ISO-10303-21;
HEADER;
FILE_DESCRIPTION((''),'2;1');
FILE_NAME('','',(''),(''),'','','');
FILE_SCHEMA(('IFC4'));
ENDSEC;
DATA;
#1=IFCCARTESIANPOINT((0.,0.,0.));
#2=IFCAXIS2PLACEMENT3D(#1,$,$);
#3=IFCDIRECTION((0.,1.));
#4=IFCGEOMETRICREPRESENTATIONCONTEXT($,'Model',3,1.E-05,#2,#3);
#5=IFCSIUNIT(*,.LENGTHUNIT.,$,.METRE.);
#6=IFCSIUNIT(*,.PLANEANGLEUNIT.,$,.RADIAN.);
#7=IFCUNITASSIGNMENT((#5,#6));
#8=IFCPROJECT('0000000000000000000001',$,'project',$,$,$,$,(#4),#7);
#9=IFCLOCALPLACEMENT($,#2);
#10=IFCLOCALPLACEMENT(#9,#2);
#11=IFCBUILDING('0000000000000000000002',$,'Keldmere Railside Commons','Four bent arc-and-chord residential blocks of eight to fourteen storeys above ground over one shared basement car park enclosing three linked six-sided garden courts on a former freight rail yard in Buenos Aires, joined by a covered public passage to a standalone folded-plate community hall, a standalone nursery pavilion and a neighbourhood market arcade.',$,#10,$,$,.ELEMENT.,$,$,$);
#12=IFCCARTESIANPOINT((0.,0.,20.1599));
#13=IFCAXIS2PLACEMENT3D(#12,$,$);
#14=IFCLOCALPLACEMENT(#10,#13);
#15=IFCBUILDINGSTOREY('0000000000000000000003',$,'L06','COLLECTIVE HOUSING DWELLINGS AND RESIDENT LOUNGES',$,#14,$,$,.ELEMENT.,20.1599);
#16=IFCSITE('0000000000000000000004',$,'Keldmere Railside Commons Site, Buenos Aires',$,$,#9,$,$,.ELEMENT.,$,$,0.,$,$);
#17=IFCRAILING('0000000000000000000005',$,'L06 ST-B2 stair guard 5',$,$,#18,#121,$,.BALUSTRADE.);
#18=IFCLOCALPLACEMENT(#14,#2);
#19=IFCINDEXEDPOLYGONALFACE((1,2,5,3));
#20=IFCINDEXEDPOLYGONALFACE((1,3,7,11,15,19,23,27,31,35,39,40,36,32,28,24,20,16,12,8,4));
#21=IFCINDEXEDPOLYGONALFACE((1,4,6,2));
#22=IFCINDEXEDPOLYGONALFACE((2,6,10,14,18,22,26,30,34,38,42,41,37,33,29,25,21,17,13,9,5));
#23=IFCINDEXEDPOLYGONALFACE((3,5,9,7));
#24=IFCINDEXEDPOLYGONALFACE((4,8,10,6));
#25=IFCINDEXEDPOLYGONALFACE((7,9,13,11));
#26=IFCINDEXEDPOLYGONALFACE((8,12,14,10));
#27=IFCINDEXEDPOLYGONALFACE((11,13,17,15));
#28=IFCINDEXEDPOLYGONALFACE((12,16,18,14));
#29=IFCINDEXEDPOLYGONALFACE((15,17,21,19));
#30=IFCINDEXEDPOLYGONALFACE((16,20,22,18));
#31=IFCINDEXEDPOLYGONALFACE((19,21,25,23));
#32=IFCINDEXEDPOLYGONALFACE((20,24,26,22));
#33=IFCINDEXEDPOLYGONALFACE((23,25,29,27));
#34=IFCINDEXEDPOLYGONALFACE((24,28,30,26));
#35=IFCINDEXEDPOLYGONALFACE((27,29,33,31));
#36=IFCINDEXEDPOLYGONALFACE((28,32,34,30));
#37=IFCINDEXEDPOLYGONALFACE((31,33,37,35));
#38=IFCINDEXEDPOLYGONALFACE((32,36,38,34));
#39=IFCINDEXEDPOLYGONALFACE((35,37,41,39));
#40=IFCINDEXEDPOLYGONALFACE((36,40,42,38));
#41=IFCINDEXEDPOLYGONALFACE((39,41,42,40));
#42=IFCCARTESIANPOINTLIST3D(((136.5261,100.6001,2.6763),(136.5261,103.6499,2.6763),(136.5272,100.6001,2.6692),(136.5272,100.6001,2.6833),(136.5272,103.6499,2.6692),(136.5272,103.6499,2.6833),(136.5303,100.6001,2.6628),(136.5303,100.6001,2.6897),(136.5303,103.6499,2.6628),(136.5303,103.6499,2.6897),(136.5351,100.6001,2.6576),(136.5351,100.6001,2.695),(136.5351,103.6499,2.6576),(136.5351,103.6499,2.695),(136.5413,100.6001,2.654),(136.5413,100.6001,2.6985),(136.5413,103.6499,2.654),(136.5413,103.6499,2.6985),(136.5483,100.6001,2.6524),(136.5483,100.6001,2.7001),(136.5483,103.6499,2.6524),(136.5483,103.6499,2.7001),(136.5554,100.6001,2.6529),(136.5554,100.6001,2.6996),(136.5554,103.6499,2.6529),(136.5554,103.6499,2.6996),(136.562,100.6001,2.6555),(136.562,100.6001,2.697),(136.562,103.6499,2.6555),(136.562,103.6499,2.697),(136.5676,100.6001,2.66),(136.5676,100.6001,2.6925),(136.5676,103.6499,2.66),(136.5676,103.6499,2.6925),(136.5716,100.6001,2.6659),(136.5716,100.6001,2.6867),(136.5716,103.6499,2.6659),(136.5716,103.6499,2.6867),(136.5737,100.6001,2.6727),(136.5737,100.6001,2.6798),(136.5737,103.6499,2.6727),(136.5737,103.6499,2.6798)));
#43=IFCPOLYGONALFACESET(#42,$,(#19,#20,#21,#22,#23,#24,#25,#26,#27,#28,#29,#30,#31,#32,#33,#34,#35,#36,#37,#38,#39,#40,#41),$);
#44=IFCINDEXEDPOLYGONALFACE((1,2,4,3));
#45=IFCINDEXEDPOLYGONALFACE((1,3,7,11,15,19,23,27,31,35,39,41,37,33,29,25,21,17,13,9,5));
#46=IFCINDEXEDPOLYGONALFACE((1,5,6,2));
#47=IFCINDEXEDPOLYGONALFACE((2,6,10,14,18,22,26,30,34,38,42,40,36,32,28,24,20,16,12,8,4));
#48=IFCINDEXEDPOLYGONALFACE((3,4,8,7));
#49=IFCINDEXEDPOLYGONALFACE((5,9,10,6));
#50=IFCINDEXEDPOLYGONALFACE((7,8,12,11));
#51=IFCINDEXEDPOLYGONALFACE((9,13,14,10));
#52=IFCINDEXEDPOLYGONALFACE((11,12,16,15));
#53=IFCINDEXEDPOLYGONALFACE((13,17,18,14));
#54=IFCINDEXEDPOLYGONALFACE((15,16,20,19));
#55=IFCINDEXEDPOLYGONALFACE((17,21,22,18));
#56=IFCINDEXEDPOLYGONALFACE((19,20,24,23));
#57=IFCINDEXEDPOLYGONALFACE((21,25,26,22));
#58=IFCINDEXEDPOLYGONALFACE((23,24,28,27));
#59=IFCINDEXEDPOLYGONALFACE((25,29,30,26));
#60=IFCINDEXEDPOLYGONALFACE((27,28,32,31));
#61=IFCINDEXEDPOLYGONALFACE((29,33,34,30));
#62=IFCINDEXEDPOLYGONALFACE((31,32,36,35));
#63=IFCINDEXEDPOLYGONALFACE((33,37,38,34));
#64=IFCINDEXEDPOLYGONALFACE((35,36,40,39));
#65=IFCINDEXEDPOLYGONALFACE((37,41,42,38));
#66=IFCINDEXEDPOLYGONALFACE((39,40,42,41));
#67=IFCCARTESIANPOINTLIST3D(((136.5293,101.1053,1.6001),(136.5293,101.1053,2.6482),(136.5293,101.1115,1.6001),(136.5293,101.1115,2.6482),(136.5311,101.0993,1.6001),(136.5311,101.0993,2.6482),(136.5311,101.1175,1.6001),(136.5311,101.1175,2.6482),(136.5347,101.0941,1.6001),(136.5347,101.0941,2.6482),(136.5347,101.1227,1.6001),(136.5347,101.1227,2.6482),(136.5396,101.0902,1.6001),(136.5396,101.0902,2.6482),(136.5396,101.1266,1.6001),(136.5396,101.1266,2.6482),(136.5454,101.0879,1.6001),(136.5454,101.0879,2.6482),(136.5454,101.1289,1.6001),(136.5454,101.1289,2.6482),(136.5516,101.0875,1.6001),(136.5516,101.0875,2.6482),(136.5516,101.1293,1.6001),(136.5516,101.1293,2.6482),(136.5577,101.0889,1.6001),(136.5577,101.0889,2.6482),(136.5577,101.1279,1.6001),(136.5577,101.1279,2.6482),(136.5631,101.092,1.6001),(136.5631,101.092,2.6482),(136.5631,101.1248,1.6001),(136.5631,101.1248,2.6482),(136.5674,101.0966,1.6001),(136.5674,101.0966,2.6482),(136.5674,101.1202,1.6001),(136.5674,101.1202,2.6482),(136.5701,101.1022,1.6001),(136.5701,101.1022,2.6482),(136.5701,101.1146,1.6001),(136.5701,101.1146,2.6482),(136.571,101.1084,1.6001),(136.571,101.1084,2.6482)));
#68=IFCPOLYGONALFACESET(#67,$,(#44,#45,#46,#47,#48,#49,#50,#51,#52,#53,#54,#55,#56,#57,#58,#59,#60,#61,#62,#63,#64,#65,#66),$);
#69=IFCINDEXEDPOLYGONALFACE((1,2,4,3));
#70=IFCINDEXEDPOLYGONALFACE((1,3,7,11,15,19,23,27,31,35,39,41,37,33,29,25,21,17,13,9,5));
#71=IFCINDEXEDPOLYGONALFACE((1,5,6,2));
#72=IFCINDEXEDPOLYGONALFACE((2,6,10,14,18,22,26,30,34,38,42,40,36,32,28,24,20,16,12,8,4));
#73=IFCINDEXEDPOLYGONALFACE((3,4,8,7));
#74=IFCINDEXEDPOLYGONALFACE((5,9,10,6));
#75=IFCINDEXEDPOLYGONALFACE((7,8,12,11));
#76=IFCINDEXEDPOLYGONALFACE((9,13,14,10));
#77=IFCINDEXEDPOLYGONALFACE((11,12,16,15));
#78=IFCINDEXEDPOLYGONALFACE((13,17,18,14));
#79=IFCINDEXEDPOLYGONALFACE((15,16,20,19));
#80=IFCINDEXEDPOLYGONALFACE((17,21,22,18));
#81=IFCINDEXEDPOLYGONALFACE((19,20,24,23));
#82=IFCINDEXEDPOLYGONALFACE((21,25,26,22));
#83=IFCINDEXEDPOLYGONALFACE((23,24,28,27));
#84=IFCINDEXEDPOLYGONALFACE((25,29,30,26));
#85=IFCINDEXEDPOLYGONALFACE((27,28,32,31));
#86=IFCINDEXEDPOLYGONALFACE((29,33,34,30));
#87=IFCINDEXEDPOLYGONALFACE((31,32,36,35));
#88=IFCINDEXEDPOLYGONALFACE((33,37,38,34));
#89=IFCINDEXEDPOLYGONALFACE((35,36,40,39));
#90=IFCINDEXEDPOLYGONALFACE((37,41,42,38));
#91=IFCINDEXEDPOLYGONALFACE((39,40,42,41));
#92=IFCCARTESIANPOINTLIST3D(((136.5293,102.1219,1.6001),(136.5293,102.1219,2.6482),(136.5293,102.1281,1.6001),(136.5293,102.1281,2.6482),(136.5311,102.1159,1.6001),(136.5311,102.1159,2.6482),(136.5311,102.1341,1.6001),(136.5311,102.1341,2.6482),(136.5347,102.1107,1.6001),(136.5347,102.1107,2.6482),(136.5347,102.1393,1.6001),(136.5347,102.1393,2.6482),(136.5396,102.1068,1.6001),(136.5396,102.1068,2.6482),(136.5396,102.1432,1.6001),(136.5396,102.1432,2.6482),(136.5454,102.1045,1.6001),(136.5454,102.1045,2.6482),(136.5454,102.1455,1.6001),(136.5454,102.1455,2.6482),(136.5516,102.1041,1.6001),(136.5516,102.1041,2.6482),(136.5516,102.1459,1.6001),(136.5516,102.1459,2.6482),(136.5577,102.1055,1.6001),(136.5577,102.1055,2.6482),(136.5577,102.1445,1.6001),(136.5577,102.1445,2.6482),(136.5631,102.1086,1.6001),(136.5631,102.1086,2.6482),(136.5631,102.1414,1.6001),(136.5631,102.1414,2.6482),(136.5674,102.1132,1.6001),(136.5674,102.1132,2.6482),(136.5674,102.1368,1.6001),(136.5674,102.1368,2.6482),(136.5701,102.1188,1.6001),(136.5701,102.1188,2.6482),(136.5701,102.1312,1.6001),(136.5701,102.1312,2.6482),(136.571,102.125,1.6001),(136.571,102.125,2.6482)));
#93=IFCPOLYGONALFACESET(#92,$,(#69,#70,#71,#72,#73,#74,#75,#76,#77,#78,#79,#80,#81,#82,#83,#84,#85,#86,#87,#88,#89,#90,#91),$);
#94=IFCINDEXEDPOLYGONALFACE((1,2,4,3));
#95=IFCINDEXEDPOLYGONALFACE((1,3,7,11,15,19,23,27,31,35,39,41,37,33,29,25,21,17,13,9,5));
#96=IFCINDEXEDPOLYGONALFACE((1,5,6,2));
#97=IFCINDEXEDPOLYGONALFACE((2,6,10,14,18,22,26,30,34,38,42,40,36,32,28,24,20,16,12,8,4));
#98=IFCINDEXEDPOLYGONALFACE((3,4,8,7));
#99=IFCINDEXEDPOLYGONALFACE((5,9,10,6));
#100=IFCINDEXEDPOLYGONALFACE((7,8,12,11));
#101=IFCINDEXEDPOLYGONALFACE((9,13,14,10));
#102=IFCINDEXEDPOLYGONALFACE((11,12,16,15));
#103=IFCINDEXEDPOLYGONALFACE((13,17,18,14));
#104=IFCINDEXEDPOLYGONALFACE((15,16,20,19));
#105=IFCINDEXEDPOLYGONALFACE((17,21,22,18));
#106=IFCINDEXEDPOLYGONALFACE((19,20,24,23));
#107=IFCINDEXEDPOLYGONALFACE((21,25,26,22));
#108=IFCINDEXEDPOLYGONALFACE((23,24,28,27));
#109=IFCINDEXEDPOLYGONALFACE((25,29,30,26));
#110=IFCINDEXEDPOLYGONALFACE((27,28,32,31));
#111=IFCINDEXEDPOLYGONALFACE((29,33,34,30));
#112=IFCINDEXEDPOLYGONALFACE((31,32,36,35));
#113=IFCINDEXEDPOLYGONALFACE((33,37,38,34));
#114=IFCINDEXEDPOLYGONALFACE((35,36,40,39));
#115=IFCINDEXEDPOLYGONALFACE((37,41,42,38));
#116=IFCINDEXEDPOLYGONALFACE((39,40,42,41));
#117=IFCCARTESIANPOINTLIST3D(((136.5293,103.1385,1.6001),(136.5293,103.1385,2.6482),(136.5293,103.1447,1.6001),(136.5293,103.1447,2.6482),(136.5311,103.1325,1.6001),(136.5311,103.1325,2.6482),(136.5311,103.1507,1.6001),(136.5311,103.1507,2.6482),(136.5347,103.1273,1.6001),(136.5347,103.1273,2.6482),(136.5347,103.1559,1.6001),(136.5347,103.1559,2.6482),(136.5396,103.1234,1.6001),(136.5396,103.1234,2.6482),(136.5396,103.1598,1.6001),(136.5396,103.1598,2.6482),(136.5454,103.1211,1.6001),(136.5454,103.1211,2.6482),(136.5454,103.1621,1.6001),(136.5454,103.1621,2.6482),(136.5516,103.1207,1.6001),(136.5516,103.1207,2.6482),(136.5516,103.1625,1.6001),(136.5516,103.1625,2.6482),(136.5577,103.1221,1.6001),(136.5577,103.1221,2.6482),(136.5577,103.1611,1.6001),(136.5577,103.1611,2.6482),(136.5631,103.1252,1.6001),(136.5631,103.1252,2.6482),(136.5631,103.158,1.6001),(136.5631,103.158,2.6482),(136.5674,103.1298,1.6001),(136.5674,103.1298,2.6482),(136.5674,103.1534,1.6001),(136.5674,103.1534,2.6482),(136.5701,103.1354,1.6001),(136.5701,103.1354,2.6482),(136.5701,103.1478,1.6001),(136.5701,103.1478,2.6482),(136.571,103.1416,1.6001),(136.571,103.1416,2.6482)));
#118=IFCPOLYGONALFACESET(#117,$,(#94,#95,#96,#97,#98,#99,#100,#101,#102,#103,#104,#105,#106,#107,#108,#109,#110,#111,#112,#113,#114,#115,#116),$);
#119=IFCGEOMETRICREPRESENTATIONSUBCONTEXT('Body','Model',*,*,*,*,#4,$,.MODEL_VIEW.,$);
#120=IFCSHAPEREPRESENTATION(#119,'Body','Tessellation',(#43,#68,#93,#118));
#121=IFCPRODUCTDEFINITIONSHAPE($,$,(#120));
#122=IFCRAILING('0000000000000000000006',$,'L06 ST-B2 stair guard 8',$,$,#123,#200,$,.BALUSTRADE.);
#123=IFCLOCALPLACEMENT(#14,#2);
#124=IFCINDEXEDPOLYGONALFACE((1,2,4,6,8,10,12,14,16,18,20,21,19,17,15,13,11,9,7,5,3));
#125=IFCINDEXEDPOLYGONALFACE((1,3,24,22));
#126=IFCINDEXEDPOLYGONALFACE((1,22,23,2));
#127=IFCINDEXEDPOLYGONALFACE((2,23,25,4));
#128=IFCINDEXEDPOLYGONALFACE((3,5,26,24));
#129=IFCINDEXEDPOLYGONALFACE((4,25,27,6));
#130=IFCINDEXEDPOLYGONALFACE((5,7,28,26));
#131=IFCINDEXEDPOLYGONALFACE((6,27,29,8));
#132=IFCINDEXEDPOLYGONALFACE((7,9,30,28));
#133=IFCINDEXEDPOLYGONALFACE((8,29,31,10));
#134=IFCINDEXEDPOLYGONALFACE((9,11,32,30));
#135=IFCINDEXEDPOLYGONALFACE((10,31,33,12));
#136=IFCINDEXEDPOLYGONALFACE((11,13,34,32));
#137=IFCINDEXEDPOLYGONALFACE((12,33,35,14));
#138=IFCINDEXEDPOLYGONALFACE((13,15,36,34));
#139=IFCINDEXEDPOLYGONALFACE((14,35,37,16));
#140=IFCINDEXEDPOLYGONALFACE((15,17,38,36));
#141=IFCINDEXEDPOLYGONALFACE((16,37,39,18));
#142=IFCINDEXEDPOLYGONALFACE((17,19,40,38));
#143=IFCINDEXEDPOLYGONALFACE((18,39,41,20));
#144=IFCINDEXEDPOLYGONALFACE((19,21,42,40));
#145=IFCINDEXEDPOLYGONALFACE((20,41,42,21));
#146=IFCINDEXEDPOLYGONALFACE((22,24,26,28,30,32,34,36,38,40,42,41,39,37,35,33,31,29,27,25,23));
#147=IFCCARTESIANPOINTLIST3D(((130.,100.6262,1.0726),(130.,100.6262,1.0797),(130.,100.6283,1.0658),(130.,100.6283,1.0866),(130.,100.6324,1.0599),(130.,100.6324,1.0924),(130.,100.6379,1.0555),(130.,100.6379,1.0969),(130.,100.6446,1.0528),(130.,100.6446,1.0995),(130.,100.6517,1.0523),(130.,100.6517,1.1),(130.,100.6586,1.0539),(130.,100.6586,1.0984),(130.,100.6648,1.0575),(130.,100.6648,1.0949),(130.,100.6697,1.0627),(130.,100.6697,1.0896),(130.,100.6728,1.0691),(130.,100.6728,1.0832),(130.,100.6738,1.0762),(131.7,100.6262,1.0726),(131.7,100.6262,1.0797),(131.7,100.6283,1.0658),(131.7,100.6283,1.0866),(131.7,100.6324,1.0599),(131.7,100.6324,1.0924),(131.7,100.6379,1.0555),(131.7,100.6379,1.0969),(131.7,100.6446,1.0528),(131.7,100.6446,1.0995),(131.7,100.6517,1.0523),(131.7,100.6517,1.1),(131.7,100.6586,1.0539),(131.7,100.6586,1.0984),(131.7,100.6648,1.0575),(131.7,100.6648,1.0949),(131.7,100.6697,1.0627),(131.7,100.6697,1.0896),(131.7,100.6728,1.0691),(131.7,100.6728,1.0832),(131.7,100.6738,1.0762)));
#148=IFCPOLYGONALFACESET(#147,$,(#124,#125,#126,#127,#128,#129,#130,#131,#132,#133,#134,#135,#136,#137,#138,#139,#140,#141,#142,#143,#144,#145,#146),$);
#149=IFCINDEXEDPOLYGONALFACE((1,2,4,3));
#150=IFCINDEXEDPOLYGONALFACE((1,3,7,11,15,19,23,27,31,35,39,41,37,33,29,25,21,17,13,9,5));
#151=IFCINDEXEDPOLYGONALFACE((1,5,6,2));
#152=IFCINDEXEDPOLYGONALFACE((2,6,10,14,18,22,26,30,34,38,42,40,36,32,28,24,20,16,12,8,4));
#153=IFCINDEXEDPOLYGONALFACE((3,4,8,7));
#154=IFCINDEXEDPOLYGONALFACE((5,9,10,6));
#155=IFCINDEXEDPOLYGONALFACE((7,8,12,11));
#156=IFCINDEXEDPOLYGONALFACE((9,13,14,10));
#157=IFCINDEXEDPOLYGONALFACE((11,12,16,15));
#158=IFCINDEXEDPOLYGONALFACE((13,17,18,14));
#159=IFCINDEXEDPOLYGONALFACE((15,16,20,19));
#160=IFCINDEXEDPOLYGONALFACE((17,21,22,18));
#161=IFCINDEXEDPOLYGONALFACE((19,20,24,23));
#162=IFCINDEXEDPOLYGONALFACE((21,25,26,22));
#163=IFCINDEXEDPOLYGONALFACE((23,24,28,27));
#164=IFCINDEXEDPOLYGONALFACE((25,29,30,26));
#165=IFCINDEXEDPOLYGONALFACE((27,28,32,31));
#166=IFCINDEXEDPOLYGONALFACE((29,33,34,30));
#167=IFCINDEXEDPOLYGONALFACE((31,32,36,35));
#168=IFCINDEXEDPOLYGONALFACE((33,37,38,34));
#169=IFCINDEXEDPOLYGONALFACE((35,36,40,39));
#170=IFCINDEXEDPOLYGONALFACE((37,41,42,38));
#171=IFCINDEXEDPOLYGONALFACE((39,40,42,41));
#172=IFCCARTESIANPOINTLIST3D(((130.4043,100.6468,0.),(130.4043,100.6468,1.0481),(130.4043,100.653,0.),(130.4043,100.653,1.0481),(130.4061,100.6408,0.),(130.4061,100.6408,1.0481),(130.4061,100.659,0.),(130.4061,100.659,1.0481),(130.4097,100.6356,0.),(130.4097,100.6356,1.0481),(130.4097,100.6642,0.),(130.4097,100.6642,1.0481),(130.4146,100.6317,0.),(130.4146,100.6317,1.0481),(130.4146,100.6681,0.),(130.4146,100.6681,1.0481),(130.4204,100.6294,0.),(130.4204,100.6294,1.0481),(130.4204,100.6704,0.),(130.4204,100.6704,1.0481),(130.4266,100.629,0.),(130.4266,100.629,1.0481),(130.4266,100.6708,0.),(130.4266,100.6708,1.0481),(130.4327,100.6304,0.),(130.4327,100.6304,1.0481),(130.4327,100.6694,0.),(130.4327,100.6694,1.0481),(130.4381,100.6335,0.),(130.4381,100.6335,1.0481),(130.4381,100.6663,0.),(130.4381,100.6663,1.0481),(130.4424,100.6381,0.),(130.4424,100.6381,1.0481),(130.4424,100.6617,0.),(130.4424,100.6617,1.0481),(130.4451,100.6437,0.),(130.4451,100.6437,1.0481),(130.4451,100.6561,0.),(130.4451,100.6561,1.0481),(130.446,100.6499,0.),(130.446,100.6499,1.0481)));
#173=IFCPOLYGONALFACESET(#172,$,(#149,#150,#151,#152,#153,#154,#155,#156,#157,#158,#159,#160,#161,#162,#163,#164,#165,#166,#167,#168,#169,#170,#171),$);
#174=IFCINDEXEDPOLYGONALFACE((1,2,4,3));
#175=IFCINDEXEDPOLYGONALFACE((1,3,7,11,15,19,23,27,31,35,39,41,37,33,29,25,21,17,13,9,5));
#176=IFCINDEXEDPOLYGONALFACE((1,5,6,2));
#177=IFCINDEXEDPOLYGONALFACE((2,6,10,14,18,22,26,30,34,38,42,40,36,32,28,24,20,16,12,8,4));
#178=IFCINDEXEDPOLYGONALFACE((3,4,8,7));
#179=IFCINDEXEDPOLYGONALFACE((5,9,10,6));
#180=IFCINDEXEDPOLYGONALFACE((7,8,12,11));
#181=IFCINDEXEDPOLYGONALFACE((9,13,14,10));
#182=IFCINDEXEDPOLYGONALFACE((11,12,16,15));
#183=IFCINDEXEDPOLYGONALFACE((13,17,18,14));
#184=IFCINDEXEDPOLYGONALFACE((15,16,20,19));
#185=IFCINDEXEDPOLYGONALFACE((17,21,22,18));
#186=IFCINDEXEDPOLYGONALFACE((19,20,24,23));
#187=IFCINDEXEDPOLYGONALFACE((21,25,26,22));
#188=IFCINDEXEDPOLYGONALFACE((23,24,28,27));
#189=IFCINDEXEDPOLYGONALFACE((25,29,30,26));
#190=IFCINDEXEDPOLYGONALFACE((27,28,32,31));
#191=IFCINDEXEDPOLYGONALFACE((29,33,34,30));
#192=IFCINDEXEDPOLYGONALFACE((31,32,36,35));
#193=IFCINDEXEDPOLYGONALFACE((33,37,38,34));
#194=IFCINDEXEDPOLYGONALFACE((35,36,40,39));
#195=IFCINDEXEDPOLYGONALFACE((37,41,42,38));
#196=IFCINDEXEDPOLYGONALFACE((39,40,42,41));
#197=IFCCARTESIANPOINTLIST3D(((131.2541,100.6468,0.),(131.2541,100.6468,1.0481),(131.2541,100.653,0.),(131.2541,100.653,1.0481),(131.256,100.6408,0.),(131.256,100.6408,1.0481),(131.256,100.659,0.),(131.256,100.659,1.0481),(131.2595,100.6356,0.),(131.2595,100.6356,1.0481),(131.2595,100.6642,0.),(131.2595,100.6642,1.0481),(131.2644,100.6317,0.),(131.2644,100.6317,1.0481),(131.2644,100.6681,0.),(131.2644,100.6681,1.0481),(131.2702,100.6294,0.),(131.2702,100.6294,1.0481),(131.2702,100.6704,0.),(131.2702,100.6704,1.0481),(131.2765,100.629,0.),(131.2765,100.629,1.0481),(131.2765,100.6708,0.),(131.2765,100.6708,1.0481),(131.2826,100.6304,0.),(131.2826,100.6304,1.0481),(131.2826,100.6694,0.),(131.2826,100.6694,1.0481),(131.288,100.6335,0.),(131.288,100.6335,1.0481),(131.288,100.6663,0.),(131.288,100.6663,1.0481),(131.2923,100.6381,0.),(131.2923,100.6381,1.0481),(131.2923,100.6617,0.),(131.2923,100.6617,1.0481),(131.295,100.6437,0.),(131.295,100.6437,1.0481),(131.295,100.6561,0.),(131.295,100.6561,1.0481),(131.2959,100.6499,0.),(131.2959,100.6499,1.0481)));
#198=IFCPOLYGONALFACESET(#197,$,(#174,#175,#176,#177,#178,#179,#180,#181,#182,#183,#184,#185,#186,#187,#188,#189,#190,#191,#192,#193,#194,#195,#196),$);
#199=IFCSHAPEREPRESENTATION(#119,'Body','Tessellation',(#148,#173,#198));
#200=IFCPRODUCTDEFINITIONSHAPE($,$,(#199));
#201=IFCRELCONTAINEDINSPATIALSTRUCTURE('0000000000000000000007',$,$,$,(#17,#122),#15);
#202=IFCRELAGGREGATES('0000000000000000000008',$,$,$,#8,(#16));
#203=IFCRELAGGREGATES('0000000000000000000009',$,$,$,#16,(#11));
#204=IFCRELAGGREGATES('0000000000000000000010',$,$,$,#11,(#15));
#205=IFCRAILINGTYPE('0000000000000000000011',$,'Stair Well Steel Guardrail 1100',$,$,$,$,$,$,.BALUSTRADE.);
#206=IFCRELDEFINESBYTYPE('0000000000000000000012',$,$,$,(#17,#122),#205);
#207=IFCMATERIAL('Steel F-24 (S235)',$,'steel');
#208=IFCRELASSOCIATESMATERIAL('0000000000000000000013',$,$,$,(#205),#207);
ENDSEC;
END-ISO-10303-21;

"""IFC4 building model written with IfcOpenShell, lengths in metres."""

from ifc_helpers import new_model, si_unit, direction, frame, origin, origin_2d, place, context, subcontext, project, spatial, circle, extrude, material, type_object, element, save


model = new_model("IFC4")

# Units and contexts
model_context = context("Model", 3, precision=1e-05, world=origin(), true_north=direction((0.0, 1.0)))
body_context = subcontext(model_context, "Body", "Model", "MODEL_VIEW")
ifc_project = project(units=[si_unit("LENGTHUNIT", "METRE"), si_unit("PLANEANGLEUNIT", "RADIAN")], contexts=[model_context])

# Site, building, storey
site_placement = place(None, origin())
site = spatial("IfcSite", under=ifc_project, at=site_placement, Name="Keldmere Railside Commons Site, Buenos Aires", CompositionType="ELEMENT", RefElevation=0.0)
building_placement = place(site_placement, origin())
building = spatial("IfcBuilding", under=site, at=building_placement, Name="Keldmere Railside Commons", Description="Four bent arc-and-chord residential blocks of eight to fourteen storeys above ground over one shared basement car park enclosing three linked six-sided garden courts on a former freight rail yard in Buenos Aires, joined by a covered public passage to a standalone folded-plate community hall, a standalone nursery pavilion and a neighbourhood market arcade.", CompositionType="ELEMENT")
storey_placement = place(building_placement, frame((0.0, 0.0, 20.1599)))
storey = spatial("IfcBuildingStorey", under=building, at=storey_placement, Name="L06", Description="COLLECTIVE HOUSING DWELLINGS AND RESIDENT LOUNGES", CompositionType="ELEMENT", Elevation=20.1599)

# Railings
ifc_material_1 = material(Name="Steel F-24 (S235)", Category="steel")
railing_type_1 = type_object("IfcRailingType", Name="Stair Well Steel Guardrail 1100", PredefinedType="BALUSTRADE", material=ifc_material_1)
railing_1_placement = place(storey_placement, frame((136.55, 100.6001, 1.6001)))
element("IfcRailing", 1, at=railing_1_placement, inside=storey, type_object=railing_type_1, Name="L06 ST-B2 stair guard 5", PredefinedType="BALUSTRADE", context=body_context, shape_type="SweptSolid", body=[
    extrude(circle(Radius=0.0239, at=origin_2d()), frame((0.0, 0.0, 1.0762), z_axis=(0.0, 1.0, 0.0), x_axis=(-1.0, 0.0, 0.0)), (0.0, 0.0, 1.0), 3.0498),
    extrude(circle(Radius=0.021, at=origin_2d()), frame((0.0, 0.5083, 0.0)), (0.0, 0.0, 1.0), 1.0481),
    extrude(circle(Radius=0.021, at=origin_2d()), frame((0.0, 1.5249, 0.0)), (0.0, 0.0, 1.0), 1.0481),
    extrude(circle(Radius=0.021, at=origin_2d()), frame((0.0, 2.5415, 0.0)), (0.0, 0.0, 1.0), 1.0481),
])
railing_2_placement = place(storey_placement, frame((130.0, 100.6499, 0.0)))
element("IfcRailing", 2, at=railing_2_placement, inside=storey, type_object=railing_type_1, Name="L06 ST-B2 stair guard 8", PredefinedType="BALUSTRADE", context=body_context, shape_type="SweptSolid", body=[
    extrude(circle(Radius=0.0239, at=origin_2d()), frame((0.0, 0.0, 1.0762), z_axis=(1.0, 0.0, 0.0), x_axis=(0.0, 1.0, 0.0)), (0.0, 0.0, 1.0), 1.7),
    extrude(circle(Radius=0.021, at=origin_2d()), frame((0.425, 0.0, 0.0)), (0.0, 0.0, 1.0), 1.0481),
    extrude(circle(Radius=0.021, at=origin_2d()), frame((1.2749, 0.0, 0.0)), (0.0, 0.0, 1.0), 1.0481),
])

save(model, "model.ifc")
